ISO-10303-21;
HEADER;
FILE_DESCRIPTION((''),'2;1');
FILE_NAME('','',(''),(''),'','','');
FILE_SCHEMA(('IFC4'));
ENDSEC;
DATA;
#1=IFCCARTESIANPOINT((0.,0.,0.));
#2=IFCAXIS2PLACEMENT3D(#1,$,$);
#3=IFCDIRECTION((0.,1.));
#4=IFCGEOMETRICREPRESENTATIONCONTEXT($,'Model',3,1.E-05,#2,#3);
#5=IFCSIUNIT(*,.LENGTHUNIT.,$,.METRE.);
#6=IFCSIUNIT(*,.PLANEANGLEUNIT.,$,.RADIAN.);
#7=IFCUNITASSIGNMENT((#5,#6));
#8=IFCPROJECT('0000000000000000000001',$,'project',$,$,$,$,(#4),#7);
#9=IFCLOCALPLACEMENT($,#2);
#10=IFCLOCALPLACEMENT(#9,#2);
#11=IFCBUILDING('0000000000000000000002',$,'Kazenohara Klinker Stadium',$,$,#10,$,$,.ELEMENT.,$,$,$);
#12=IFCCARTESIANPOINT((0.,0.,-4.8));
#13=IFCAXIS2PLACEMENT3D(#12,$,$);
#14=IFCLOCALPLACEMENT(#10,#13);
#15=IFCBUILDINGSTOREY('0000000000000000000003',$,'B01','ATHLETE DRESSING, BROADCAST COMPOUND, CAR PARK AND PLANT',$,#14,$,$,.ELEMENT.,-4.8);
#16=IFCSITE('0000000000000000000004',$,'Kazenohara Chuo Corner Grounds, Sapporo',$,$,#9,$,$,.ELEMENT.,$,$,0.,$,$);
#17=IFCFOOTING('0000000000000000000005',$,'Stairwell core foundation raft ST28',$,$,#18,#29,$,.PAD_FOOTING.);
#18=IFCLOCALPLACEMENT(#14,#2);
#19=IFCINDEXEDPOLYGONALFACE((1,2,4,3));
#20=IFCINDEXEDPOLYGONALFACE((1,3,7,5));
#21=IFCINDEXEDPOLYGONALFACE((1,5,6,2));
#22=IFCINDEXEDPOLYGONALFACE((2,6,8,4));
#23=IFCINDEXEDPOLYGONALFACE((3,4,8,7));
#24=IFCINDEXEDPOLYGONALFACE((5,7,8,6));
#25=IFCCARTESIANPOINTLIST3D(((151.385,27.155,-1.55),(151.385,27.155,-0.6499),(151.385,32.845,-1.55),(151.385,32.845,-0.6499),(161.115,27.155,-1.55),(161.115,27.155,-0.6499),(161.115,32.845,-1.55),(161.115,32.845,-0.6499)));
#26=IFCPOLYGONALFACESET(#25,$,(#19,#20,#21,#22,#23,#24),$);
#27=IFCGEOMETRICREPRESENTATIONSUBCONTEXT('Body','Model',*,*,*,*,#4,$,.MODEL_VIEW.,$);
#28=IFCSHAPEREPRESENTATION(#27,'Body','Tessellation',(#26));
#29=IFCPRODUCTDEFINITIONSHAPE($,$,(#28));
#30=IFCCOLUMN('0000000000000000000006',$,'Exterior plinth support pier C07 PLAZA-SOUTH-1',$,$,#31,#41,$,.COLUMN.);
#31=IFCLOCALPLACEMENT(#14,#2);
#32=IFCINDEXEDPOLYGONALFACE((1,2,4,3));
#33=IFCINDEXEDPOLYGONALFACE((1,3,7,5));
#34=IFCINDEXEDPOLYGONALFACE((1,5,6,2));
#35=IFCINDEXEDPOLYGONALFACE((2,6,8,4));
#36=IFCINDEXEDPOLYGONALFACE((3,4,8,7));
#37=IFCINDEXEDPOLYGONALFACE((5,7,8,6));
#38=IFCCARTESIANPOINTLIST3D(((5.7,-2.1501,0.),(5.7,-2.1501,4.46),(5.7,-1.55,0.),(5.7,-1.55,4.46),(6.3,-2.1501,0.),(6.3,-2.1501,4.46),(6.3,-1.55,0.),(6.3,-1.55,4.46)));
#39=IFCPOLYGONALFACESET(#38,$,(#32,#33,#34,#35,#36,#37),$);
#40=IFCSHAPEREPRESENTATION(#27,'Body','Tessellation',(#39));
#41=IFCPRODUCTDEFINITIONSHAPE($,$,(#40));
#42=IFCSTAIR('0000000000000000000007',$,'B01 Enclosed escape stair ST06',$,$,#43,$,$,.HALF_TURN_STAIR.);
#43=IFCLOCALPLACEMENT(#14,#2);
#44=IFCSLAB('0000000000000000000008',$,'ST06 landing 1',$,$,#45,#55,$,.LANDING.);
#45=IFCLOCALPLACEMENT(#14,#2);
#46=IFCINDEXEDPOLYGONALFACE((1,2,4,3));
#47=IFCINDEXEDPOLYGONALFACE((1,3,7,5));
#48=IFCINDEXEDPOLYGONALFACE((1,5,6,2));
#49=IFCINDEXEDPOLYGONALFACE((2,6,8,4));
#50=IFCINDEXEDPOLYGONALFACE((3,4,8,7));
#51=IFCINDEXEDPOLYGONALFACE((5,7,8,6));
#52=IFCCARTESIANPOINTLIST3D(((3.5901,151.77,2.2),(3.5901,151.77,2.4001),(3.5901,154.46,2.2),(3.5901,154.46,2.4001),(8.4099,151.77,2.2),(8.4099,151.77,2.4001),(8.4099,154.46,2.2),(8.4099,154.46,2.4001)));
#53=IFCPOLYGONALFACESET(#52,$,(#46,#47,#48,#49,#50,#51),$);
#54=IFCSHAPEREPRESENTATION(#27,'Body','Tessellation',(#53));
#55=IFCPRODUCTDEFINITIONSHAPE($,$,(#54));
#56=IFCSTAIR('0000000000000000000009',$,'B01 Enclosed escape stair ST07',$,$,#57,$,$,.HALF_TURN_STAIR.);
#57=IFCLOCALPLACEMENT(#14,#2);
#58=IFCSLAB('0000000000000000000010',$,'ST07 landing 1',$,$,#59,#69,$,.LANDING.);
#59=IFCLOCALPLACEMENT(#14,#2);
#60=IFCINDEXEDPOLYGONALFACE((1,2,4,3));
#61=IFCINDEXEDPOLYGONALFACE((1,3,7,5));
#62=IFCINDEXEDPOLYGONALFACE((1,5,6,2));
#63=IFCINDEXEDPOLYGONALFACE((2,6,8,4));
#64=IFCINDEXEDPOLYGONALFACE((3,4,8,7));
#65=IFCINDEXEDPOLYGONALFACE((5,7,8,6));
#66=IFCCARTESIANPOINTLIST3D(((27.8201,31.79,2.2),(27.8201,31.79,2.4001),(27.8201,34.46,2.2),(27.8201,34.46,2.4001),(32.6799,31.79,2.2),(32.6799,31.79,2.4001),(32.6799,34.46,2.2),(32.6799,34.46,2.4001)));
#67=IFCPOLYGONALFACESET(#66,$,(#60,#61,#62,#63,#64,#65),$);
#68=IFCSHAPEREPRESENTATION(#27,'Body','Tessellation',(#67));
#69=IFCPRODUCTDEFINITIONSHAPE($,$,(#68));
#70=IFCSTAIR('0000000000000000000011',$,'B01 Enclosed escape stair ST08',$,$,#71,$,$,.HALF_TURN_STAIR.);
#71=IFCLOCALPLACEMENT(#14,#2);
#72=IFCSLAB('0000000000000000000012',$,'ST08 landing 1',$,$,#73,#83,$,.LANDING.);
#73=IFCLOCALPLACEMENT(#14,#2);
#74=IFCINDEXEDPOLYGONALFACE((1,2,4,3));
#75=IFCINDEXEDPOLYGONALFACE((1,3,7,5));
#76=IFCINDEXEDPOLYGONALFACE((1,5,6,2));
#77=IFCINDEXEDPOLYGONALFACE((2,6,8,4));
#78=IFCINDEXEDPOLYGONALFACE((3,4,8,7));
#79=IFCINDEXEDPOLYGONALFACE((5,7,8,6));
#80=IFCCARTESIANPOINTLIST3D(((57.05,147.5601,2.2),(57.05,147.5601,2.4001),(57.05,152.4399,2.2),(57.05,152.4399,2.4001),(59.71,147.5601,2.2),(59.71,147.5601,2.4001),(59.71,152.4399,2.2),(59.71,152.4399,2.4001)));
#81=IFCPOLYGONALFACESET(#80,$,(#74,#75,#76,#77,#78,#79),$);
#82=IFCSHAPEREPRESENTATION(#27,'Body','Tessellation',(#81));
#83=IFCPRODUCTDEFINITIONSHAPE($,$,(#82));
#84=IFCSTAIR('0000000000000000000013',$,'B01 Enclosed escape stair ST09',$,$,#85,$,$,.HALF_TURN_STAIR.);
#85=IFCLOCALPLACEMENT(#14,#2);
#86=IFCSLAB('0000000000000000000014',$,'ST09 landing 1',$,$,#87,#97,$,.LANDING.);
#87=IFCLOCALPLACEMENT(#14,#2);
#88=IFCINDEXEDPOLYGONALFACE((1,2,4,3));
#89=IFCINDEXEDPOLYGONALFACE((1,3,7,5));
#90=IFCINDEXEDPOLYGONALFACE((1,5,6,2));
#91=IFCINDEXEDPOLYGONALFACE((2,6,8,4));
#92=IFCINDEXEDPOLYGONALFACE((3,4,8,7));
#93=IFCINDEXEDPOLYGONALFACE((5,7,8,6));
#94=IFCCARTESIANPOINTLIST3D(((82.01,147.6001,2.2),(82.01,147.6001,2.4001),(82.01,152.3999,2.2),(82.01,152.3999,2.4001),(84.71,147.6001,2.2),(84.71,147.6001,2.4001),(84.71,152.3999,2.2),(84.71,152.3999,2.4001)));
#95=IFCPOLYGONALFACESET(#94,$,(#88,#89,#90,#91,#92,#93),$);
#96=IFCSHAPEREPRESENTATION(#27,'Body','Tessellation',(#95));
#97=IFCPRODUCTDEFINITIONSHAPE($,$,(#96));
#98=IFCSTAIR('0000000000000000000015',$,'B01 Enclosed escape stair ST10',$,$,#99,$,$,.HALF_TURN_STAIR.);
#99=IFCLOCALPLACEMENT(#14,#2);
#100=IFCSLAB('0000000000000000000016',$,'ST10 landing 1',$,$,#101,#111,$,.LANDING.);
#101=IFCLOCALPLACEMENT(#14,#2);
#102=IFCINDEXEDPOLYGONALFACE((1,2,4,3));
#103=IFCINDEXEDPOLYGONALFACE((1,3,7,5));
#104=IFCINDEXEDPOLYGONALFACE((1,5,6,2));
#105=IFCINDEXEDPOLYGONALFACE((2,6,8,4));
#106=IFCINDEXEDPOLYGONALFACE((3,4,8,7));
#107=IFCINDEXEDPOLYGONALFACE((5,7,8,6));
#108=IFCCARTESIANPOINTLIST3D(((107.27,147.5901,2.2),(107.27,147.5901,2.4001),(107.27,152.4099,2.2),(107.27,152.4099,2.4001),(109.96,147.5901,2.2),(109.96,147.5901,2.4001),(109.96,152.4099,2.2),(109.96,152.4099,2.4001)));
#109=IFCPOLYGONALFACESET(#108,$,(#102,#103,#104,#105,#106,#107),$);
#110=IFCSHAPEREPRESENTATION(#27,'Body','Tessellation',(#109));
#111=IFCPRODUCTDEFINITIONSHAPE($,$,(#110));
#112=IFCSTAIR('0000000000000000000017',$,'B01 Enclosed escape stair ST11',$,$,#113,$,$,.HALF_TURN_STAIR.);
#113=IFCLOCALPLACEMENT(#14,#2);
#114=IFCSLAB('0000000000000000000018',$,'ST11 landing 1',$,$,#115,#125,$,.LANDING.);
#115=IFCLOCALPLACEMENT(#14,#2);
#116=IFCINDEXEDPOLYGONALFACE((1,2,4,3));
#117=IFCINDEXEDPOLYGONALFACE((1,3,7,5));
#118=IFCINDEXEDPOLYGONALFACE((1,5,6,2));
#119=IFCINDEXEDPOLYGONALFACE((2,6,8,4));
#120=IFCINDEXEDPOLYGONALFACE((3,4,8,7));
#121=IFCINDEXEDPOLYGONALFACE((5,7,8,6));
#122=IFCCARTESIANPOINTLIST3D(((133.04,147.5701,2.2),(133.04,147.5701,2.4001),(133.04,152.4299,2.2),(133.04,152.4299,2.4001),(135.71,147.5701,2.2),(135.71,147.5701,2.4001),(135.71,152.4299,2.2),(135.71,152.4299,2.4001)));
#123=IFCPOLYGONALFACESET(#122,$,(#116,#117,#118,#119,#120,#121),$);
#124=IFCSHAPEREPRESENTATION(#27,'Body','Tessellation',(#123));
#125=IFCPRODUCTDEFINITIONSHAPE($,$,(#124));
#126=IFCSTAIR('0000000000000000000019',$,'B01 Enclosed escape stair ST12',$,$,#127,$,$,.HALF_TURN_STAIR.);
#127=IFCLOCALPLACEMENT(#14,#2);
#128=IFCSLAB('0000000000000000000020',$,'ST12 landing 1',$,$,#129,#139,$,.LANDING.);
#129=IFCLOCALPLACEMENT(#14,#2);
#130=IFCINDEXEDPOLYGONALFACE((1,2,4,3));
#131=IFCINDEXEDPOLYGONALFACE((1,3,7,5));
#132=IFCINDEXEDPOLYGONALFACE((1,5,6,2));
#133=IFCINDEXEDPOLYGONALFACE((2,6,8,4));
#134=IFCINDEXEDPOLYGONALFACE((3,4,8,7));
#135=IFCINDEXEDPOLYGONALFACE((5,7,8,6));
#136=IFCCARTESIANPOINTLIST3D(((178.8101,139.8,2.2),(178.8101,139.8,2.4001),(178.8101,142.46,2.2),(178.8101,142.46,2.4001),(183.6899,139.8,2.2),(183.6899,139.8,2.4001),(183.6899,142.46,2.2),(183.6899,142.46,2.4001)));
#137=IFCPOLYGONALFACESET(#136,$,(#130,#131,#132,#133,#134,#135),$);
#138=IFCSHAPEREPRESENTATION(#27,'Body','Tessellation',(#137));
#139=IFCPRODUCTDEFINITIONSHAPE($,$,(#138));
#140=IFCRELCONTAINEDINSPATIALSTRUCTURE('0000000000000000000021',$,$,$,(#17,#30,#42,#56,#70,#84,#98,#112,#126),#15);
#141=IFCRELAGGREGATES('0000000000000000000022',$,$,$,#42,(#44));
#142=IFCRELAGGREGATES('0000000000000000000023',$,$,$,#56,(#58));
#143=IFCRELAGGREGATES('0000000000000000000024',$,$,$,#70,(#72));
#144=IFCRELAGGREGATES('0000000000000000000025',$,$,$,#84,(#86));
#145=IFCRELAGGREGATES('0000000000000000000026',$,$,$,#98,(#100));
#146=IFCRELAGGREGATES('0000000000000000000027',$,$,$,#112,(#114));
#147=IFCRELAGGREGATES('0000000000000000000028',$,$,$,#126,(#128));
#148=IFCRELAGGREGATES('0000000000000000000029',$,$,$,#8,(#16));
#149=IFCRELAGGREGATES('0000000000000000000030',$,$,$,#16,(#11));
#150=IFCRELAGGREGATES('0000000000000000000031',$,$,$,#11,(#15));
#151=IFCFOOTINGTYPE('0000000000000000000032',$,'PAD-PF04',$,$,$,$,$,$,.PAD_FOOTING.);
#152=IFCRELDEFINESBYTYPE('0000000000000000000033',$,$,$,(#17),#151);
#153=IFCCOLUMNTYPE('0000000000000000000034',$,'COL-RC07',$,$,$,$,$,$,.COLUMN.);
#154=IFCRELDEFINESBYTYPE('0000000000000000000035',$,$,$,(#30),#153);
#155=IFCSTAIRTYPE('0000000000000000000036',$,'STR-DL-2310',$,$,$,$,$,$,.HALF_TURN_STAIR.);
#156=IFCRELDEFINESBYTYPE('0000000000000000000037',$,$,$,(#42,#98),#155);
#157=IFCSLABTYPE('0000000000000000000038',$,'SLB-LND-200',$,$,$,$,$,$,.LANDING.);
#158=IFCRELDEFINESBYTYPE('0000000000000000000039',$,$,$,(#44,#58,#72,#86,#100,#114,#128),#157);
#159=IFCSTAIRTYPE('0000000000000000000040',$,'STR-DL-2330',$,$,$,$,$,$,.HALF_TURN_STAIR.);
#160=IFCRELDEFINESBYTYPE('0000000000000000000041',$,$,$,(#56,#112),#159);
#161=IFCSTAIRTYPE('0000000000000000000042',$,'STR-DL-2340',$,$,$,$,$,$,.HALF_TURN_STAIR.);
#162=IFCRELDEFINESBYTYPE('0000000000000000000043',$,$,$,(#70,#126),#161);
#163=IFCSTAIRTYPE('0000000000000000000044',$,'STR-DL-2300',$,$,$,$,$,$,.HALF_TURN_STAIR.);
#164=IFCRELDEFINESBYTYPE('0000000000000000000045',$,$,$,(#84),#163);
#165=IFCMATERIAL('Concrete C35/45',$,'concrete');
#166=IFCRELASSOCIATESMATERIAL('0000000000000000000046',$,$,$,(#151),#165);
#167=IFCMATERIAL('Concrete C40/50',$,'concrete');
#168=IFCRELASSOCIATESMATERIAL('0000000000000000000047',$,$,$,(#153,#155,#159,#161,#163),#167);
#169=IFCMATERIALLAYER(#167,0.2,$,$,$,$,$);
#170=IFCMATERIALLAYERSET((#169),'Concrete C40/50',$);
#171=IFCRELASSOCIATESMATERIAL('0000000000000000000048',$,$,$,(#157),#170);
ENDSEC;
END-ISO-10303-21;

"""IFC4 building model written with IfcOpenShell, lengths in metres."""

from ifc_helpers import new_model, si_unit, direction, frame, origin, origin_2d, place, context, subcontext, project, spatial, polyline, rectangle, outline, extrude, material, layer, layer_set, material_profile, profile_set, type_object, element, aggregate, save


model = new_model("IFC4")

# Units and contexts
model_context = context("Model", 3, precision=1e-05, world=origin(), true_north=direction((0.0, 1.0)))
body_context = subcontext(model_context, "Body", "Model", "MODEL_VIEW")
ifc_project = project(units=[si_unit("LENGTHUNIT", "METRE"), si_unit("PLANEANGLEUNIT", "RADIAN")], contexts=[model_context])

# Site, building, storey
site_placement = place(None, origin())
site = spatial("IfcSite", under=ifc_project, at=site_placement, Name="Kazenohara Chuo Corner Grounds, Sapporo", CompositionType="ELEMENT", RefElevation=0.0)
building_placement = place(site_placement, origin())
building = spatial("IfcBuilding", under=site, at=building_placement, Name="Kazenohara Klinker Stadium", CompositionType="ELEMENT")
storey_placement = place(building_placement, frame((0.0, 0.0, -4.8)))
storey = spatial("IfcBuildingStorey", under=building, at=storey_placement, Name="B01", Description="ATHLETE DRESSING, BROADCAST COMPOUND, CAR PARK AND PLANT", CompositionType="ELEMENT", Elevation=-4.8)

# Footing
ifc_material_1 = material(Name="Concrete C35/45", Category="concrete")
footing_type_1 = type_object("IfcFootingType", Name="PAD-PF04", PredefinedType="PAD_FOOTING", material=ifc_material_1)
footing_1_placement = place(storey_placement, frame((0.0, 0.0, -1.55)))
element("IfcFooting", 1, at=footing_1_placement, inside=storey, type_object=footing_type_1, Name="Stairwell core foundation raft ST28", PredefinedType="PAD_FOOTING", context=body_context, shape_type="SweptSolid", body=[
    extrude(outline(polyline([(151.385, 27.155), (161.115, 27.155), (161.115, 32.845), (151.385, 32.845), (151.385, 27.155)])), origin(), (0.0, 0.0, 1.0), 0.9001),
])

# Column
ifc_material_2 = material(Name="Concrete C40/50", Category="concrete")
ifc_material_profile = material_profile(ifc_material_2, rectangle(XDim=0.6001, YDim=0.6001, at=origin_2d()), Name="RC-COL-600x600")
ifc_profile_set = profile_set([ifc_material_profile], Name="Concrete C40/50")
column_type = type_object("IfcColumnType", Name="COL-RC07", PredefinedType="COLUMN", material=ifc_profile_set)
column_placement = place(storey_placement, frame((6.0, -1.8501, 0.0), z_axis=(0.0, 0.0, 1.0), x_axis=(1.0, 0.0, 0.0)))
element("IfcColumn", 2, at=column_placement, inside=storey, type_object=column_type, Name="Exterior plinth support pier C07 PLAZA-SOUTH-1", PredefinedType="COLUMN", context=body_context, shape_type="SweptSolid", body=[
    extrude(rectangle(XDim=0.6001, YDim=0.6001, at=origin_2d()), origin(), (0.0, 0.0, 1.0), 4.46),
])

# Stairs, slabs
stair_type_1 = type_object("IfcStairType", Name="STR-DL-2310", PredefinedType="HALF_TURN_STAIR", material=ifc_material_2)
stair_1_placement = place(storey_placement, origin())
stair_1 = element("IfcStair", 3, at=stair_1_placement, inside=storey, type_object=stair_type_1, Name="B01 Enclosed escape stair ST06", PredefinedType="HALF_TURN_STAIR")
ifc_layer = layer(ifc_material_2, 0.2)
ifc_layer_set = layer_set([ifc_layer], Name="Concrete C40/50")
slab_type = type_object("IfcSlabType", Name="SLB-LND-200", PredefinedType="LANDING", material=ifc_layer_set)
slab_1_placement = place(storey_placement, frame((0.0, 0.0, 2.2)))
slab_1 = element("IfcSlab", 4, at=slab_1_placement, type_object=slab_type, Name="ST06 landing 1", PredefinedType="LANDING", context=body_context, shape_type="SweptSolid", body=[
    extrude(outline(polyline([(8.4099, 151.77), (8.4099, 154.46), (3.5901, 154.46), (3.5901, 151.77), (8.4099, 151.77)])), origin(), (0.0, 0.0, 1.0), 0.2002),
])
aggregate(stair_1, [slab_1])
stair_type_2 = type_object("IfcStairType", Name="STR-DL-2330", PredefinedType="HALF_TURN_STAIR", material=ifc_material_2)
stair_2_placement = place(storey_placement, origin())
stair_2 = element("IfcStair", 5, at=stair_2_placement, inside=storey, type_object=stair_type_2, Name="B01 Enclosed escape stair ST07", PredefinedType="HALF_TURN_STAIR")
slab_2_placement = place(storey_placement, frame((0.0, 0.0, 2.2)))
slab_2 = element("IfcSlab", 6, at=slab_2_placement, type_object=slab_type, Name="ST07 landing 1", PredefinedType="LANDING", context=body_context, shape_type="SweptSolid", body=[
    extrude(outline(polyline([(32.6799, 31.79), (32.6799, 34.46), (27.8201, 34.46), (27.8201, 31.79), (32.6799, 31.79)])), origin(), (0.0, 0.0, 1.0), 0.2002),
])
aggregate(stair_2, [slab_2])
stair_type_3 = type_object("IfcStairType", Name="STR-DL-2340", PredefinedType="HALF_TURN_STAIR", material=ifc_material_2)
stair_3_placement = place(storey_placement, origin())
stair_3 = element("IfcStair", 7, at=stair_3_placement, inside=storey, type_object=stair_type_3, Name="B01 Enclosed escape stair ST08", PredefinedType="HALF_TURN_STAIR")
slab_3_placement = place(storey_placement, frame((0.0, 0.0, 2.2)))
slab_3 = element("IfcSlab", 8, at=slab_3_placement, type_object=slab_type, Name="ST08 landing 1", PredefinedType="LANDING", context=body_context, shape_type="SweptSolid", body=[
    extrude(outline(polyline([(57.05, 147.5601), (59.71, 147.5601), (59.71, 152.4399), (57.05, 152.4399), (57.05, 147.5601)])), origin(), (0.0, 0.0, 1.0), 0.2002),
])
aggregate(stair_3, [slab_3])
stair_type_4 = type_object("IfcStairType", Name="STR-DL-2300", PredefinedType="HALF_TURN_STAIR", material=ifc_material_2)
stair_4_placement = place(storey_placement, origin())
stair_4 = element("IfcStair", 9, at=stair_4_placement, inside=storey, type_object=stair_type_4, Name="B01 Enclosed escape stair ST09", PredefinedType="HALF_TURN_STAIR")
slab_4_placement = place(storey_placement, frame((0.0, 0.0, 2.2)))
slab_4 = element("IfcSlab", 10, at=slab_4_placement, type_object=slab_type, Name="ST09 landing 1", PredefinedType="LANDING", context=body_context, shape_type="SweptSolid", body=[
    extrude(outline(polyline([(82.01, 147.6001), (84.71, 147.6001), (84.71, 152.3999), (82.01, 152.3999), (82.01, 147.6001)])), origin(), (0.0, 0.0, 1.0), 0.2002),
])
aggregate(stair_4, [slab_4])
stair_5_placement = place(storey_placement, origin())
stair_5 = element("IfcStair", 11, at=stair_5_placement, inside=storey, type_object=stair_type_1, Name="B01 Enclosed escape stair ST10", PredefinedType="HALF_TURN_STAIR")
slab_5_placement = place(storey_placement, frame((0.0, 0.0, 2.2)))
slab_5 = element("IfcSlab", 12, at=slab_5_placement, type_object=slab_type, Name="ST10 landing 1", PredefinedType="LANDING", context=body_context, shape_type="SweptSolid", body=[
    extrude(outline(polyline([(107.27, 147.5901), (109.96, 147.5901), (109.96, 152.4099), (107.27, 152.4099), (107.27, 147.5901)])), origin(), (0.0, 0.0, 1.0), 0.2002),
])
aggregate(stair_5, [slab_5])
stair_6_placement = place(storey_placement, origin())
stair_6 = element("IfcStair", 13, at=stair_6_placement, inside=storey, type_object=stair_type_2, Name="B01 Enclosed escape stair ST11", PredefinedType="HALF_TURN_STAIR")
slab_6_placement = place(storey_placement, frame((0.0, 0.0, 2.2)))
slab_6 = element("IfcSlab", 14, at=slab_6_placement, type_object=slab_type, Name="ST11 landing 1", PredefinedType="LANDING", context=body_context, shape_type="SweptSolid", body=[
    extrude(outline(polyline([(133.04, 147.5701), (135.71, 147.5701), (135.71, 152.4299), (133.04, 152.4299), (133.04, 147.5701)])), origin(), (0.0, 0.0, 1.0), 0.2002),
])
aggregate(stair_6, [slab_6])
stair_7_placement = place(storey_placement, origin())
stair_7 = element("IfcStair", 15, at=stair_7_placement, inside=storey, type_object=stair_type_3, Name="B01 Enclosed escape stair ST12", PredefinedType="HALF_TURN_STAIR")
slab_7_placement = place(storey_placement, frame((0.0, 0.0, 2.2)))
slab_7 = element("IfcSlab", 16, at=slab_7_placement, type_object=slab_type, Name="ST12 landing 1", PredefinedType="LANDING", context=body_context, shape_type="SweptSolid", body=[
    extrude(outline(polyline([(183.6899, 139.8), (183.6899, 142.46), (178.8101, 142.46), (178.8101, 139.8), (183.6899, 139.8)])), origin(), (0.0, 0.0, 1.0), 0.2002),
])
aggregate(stair_7, [slab_7])

save(model, "model.ifc")
